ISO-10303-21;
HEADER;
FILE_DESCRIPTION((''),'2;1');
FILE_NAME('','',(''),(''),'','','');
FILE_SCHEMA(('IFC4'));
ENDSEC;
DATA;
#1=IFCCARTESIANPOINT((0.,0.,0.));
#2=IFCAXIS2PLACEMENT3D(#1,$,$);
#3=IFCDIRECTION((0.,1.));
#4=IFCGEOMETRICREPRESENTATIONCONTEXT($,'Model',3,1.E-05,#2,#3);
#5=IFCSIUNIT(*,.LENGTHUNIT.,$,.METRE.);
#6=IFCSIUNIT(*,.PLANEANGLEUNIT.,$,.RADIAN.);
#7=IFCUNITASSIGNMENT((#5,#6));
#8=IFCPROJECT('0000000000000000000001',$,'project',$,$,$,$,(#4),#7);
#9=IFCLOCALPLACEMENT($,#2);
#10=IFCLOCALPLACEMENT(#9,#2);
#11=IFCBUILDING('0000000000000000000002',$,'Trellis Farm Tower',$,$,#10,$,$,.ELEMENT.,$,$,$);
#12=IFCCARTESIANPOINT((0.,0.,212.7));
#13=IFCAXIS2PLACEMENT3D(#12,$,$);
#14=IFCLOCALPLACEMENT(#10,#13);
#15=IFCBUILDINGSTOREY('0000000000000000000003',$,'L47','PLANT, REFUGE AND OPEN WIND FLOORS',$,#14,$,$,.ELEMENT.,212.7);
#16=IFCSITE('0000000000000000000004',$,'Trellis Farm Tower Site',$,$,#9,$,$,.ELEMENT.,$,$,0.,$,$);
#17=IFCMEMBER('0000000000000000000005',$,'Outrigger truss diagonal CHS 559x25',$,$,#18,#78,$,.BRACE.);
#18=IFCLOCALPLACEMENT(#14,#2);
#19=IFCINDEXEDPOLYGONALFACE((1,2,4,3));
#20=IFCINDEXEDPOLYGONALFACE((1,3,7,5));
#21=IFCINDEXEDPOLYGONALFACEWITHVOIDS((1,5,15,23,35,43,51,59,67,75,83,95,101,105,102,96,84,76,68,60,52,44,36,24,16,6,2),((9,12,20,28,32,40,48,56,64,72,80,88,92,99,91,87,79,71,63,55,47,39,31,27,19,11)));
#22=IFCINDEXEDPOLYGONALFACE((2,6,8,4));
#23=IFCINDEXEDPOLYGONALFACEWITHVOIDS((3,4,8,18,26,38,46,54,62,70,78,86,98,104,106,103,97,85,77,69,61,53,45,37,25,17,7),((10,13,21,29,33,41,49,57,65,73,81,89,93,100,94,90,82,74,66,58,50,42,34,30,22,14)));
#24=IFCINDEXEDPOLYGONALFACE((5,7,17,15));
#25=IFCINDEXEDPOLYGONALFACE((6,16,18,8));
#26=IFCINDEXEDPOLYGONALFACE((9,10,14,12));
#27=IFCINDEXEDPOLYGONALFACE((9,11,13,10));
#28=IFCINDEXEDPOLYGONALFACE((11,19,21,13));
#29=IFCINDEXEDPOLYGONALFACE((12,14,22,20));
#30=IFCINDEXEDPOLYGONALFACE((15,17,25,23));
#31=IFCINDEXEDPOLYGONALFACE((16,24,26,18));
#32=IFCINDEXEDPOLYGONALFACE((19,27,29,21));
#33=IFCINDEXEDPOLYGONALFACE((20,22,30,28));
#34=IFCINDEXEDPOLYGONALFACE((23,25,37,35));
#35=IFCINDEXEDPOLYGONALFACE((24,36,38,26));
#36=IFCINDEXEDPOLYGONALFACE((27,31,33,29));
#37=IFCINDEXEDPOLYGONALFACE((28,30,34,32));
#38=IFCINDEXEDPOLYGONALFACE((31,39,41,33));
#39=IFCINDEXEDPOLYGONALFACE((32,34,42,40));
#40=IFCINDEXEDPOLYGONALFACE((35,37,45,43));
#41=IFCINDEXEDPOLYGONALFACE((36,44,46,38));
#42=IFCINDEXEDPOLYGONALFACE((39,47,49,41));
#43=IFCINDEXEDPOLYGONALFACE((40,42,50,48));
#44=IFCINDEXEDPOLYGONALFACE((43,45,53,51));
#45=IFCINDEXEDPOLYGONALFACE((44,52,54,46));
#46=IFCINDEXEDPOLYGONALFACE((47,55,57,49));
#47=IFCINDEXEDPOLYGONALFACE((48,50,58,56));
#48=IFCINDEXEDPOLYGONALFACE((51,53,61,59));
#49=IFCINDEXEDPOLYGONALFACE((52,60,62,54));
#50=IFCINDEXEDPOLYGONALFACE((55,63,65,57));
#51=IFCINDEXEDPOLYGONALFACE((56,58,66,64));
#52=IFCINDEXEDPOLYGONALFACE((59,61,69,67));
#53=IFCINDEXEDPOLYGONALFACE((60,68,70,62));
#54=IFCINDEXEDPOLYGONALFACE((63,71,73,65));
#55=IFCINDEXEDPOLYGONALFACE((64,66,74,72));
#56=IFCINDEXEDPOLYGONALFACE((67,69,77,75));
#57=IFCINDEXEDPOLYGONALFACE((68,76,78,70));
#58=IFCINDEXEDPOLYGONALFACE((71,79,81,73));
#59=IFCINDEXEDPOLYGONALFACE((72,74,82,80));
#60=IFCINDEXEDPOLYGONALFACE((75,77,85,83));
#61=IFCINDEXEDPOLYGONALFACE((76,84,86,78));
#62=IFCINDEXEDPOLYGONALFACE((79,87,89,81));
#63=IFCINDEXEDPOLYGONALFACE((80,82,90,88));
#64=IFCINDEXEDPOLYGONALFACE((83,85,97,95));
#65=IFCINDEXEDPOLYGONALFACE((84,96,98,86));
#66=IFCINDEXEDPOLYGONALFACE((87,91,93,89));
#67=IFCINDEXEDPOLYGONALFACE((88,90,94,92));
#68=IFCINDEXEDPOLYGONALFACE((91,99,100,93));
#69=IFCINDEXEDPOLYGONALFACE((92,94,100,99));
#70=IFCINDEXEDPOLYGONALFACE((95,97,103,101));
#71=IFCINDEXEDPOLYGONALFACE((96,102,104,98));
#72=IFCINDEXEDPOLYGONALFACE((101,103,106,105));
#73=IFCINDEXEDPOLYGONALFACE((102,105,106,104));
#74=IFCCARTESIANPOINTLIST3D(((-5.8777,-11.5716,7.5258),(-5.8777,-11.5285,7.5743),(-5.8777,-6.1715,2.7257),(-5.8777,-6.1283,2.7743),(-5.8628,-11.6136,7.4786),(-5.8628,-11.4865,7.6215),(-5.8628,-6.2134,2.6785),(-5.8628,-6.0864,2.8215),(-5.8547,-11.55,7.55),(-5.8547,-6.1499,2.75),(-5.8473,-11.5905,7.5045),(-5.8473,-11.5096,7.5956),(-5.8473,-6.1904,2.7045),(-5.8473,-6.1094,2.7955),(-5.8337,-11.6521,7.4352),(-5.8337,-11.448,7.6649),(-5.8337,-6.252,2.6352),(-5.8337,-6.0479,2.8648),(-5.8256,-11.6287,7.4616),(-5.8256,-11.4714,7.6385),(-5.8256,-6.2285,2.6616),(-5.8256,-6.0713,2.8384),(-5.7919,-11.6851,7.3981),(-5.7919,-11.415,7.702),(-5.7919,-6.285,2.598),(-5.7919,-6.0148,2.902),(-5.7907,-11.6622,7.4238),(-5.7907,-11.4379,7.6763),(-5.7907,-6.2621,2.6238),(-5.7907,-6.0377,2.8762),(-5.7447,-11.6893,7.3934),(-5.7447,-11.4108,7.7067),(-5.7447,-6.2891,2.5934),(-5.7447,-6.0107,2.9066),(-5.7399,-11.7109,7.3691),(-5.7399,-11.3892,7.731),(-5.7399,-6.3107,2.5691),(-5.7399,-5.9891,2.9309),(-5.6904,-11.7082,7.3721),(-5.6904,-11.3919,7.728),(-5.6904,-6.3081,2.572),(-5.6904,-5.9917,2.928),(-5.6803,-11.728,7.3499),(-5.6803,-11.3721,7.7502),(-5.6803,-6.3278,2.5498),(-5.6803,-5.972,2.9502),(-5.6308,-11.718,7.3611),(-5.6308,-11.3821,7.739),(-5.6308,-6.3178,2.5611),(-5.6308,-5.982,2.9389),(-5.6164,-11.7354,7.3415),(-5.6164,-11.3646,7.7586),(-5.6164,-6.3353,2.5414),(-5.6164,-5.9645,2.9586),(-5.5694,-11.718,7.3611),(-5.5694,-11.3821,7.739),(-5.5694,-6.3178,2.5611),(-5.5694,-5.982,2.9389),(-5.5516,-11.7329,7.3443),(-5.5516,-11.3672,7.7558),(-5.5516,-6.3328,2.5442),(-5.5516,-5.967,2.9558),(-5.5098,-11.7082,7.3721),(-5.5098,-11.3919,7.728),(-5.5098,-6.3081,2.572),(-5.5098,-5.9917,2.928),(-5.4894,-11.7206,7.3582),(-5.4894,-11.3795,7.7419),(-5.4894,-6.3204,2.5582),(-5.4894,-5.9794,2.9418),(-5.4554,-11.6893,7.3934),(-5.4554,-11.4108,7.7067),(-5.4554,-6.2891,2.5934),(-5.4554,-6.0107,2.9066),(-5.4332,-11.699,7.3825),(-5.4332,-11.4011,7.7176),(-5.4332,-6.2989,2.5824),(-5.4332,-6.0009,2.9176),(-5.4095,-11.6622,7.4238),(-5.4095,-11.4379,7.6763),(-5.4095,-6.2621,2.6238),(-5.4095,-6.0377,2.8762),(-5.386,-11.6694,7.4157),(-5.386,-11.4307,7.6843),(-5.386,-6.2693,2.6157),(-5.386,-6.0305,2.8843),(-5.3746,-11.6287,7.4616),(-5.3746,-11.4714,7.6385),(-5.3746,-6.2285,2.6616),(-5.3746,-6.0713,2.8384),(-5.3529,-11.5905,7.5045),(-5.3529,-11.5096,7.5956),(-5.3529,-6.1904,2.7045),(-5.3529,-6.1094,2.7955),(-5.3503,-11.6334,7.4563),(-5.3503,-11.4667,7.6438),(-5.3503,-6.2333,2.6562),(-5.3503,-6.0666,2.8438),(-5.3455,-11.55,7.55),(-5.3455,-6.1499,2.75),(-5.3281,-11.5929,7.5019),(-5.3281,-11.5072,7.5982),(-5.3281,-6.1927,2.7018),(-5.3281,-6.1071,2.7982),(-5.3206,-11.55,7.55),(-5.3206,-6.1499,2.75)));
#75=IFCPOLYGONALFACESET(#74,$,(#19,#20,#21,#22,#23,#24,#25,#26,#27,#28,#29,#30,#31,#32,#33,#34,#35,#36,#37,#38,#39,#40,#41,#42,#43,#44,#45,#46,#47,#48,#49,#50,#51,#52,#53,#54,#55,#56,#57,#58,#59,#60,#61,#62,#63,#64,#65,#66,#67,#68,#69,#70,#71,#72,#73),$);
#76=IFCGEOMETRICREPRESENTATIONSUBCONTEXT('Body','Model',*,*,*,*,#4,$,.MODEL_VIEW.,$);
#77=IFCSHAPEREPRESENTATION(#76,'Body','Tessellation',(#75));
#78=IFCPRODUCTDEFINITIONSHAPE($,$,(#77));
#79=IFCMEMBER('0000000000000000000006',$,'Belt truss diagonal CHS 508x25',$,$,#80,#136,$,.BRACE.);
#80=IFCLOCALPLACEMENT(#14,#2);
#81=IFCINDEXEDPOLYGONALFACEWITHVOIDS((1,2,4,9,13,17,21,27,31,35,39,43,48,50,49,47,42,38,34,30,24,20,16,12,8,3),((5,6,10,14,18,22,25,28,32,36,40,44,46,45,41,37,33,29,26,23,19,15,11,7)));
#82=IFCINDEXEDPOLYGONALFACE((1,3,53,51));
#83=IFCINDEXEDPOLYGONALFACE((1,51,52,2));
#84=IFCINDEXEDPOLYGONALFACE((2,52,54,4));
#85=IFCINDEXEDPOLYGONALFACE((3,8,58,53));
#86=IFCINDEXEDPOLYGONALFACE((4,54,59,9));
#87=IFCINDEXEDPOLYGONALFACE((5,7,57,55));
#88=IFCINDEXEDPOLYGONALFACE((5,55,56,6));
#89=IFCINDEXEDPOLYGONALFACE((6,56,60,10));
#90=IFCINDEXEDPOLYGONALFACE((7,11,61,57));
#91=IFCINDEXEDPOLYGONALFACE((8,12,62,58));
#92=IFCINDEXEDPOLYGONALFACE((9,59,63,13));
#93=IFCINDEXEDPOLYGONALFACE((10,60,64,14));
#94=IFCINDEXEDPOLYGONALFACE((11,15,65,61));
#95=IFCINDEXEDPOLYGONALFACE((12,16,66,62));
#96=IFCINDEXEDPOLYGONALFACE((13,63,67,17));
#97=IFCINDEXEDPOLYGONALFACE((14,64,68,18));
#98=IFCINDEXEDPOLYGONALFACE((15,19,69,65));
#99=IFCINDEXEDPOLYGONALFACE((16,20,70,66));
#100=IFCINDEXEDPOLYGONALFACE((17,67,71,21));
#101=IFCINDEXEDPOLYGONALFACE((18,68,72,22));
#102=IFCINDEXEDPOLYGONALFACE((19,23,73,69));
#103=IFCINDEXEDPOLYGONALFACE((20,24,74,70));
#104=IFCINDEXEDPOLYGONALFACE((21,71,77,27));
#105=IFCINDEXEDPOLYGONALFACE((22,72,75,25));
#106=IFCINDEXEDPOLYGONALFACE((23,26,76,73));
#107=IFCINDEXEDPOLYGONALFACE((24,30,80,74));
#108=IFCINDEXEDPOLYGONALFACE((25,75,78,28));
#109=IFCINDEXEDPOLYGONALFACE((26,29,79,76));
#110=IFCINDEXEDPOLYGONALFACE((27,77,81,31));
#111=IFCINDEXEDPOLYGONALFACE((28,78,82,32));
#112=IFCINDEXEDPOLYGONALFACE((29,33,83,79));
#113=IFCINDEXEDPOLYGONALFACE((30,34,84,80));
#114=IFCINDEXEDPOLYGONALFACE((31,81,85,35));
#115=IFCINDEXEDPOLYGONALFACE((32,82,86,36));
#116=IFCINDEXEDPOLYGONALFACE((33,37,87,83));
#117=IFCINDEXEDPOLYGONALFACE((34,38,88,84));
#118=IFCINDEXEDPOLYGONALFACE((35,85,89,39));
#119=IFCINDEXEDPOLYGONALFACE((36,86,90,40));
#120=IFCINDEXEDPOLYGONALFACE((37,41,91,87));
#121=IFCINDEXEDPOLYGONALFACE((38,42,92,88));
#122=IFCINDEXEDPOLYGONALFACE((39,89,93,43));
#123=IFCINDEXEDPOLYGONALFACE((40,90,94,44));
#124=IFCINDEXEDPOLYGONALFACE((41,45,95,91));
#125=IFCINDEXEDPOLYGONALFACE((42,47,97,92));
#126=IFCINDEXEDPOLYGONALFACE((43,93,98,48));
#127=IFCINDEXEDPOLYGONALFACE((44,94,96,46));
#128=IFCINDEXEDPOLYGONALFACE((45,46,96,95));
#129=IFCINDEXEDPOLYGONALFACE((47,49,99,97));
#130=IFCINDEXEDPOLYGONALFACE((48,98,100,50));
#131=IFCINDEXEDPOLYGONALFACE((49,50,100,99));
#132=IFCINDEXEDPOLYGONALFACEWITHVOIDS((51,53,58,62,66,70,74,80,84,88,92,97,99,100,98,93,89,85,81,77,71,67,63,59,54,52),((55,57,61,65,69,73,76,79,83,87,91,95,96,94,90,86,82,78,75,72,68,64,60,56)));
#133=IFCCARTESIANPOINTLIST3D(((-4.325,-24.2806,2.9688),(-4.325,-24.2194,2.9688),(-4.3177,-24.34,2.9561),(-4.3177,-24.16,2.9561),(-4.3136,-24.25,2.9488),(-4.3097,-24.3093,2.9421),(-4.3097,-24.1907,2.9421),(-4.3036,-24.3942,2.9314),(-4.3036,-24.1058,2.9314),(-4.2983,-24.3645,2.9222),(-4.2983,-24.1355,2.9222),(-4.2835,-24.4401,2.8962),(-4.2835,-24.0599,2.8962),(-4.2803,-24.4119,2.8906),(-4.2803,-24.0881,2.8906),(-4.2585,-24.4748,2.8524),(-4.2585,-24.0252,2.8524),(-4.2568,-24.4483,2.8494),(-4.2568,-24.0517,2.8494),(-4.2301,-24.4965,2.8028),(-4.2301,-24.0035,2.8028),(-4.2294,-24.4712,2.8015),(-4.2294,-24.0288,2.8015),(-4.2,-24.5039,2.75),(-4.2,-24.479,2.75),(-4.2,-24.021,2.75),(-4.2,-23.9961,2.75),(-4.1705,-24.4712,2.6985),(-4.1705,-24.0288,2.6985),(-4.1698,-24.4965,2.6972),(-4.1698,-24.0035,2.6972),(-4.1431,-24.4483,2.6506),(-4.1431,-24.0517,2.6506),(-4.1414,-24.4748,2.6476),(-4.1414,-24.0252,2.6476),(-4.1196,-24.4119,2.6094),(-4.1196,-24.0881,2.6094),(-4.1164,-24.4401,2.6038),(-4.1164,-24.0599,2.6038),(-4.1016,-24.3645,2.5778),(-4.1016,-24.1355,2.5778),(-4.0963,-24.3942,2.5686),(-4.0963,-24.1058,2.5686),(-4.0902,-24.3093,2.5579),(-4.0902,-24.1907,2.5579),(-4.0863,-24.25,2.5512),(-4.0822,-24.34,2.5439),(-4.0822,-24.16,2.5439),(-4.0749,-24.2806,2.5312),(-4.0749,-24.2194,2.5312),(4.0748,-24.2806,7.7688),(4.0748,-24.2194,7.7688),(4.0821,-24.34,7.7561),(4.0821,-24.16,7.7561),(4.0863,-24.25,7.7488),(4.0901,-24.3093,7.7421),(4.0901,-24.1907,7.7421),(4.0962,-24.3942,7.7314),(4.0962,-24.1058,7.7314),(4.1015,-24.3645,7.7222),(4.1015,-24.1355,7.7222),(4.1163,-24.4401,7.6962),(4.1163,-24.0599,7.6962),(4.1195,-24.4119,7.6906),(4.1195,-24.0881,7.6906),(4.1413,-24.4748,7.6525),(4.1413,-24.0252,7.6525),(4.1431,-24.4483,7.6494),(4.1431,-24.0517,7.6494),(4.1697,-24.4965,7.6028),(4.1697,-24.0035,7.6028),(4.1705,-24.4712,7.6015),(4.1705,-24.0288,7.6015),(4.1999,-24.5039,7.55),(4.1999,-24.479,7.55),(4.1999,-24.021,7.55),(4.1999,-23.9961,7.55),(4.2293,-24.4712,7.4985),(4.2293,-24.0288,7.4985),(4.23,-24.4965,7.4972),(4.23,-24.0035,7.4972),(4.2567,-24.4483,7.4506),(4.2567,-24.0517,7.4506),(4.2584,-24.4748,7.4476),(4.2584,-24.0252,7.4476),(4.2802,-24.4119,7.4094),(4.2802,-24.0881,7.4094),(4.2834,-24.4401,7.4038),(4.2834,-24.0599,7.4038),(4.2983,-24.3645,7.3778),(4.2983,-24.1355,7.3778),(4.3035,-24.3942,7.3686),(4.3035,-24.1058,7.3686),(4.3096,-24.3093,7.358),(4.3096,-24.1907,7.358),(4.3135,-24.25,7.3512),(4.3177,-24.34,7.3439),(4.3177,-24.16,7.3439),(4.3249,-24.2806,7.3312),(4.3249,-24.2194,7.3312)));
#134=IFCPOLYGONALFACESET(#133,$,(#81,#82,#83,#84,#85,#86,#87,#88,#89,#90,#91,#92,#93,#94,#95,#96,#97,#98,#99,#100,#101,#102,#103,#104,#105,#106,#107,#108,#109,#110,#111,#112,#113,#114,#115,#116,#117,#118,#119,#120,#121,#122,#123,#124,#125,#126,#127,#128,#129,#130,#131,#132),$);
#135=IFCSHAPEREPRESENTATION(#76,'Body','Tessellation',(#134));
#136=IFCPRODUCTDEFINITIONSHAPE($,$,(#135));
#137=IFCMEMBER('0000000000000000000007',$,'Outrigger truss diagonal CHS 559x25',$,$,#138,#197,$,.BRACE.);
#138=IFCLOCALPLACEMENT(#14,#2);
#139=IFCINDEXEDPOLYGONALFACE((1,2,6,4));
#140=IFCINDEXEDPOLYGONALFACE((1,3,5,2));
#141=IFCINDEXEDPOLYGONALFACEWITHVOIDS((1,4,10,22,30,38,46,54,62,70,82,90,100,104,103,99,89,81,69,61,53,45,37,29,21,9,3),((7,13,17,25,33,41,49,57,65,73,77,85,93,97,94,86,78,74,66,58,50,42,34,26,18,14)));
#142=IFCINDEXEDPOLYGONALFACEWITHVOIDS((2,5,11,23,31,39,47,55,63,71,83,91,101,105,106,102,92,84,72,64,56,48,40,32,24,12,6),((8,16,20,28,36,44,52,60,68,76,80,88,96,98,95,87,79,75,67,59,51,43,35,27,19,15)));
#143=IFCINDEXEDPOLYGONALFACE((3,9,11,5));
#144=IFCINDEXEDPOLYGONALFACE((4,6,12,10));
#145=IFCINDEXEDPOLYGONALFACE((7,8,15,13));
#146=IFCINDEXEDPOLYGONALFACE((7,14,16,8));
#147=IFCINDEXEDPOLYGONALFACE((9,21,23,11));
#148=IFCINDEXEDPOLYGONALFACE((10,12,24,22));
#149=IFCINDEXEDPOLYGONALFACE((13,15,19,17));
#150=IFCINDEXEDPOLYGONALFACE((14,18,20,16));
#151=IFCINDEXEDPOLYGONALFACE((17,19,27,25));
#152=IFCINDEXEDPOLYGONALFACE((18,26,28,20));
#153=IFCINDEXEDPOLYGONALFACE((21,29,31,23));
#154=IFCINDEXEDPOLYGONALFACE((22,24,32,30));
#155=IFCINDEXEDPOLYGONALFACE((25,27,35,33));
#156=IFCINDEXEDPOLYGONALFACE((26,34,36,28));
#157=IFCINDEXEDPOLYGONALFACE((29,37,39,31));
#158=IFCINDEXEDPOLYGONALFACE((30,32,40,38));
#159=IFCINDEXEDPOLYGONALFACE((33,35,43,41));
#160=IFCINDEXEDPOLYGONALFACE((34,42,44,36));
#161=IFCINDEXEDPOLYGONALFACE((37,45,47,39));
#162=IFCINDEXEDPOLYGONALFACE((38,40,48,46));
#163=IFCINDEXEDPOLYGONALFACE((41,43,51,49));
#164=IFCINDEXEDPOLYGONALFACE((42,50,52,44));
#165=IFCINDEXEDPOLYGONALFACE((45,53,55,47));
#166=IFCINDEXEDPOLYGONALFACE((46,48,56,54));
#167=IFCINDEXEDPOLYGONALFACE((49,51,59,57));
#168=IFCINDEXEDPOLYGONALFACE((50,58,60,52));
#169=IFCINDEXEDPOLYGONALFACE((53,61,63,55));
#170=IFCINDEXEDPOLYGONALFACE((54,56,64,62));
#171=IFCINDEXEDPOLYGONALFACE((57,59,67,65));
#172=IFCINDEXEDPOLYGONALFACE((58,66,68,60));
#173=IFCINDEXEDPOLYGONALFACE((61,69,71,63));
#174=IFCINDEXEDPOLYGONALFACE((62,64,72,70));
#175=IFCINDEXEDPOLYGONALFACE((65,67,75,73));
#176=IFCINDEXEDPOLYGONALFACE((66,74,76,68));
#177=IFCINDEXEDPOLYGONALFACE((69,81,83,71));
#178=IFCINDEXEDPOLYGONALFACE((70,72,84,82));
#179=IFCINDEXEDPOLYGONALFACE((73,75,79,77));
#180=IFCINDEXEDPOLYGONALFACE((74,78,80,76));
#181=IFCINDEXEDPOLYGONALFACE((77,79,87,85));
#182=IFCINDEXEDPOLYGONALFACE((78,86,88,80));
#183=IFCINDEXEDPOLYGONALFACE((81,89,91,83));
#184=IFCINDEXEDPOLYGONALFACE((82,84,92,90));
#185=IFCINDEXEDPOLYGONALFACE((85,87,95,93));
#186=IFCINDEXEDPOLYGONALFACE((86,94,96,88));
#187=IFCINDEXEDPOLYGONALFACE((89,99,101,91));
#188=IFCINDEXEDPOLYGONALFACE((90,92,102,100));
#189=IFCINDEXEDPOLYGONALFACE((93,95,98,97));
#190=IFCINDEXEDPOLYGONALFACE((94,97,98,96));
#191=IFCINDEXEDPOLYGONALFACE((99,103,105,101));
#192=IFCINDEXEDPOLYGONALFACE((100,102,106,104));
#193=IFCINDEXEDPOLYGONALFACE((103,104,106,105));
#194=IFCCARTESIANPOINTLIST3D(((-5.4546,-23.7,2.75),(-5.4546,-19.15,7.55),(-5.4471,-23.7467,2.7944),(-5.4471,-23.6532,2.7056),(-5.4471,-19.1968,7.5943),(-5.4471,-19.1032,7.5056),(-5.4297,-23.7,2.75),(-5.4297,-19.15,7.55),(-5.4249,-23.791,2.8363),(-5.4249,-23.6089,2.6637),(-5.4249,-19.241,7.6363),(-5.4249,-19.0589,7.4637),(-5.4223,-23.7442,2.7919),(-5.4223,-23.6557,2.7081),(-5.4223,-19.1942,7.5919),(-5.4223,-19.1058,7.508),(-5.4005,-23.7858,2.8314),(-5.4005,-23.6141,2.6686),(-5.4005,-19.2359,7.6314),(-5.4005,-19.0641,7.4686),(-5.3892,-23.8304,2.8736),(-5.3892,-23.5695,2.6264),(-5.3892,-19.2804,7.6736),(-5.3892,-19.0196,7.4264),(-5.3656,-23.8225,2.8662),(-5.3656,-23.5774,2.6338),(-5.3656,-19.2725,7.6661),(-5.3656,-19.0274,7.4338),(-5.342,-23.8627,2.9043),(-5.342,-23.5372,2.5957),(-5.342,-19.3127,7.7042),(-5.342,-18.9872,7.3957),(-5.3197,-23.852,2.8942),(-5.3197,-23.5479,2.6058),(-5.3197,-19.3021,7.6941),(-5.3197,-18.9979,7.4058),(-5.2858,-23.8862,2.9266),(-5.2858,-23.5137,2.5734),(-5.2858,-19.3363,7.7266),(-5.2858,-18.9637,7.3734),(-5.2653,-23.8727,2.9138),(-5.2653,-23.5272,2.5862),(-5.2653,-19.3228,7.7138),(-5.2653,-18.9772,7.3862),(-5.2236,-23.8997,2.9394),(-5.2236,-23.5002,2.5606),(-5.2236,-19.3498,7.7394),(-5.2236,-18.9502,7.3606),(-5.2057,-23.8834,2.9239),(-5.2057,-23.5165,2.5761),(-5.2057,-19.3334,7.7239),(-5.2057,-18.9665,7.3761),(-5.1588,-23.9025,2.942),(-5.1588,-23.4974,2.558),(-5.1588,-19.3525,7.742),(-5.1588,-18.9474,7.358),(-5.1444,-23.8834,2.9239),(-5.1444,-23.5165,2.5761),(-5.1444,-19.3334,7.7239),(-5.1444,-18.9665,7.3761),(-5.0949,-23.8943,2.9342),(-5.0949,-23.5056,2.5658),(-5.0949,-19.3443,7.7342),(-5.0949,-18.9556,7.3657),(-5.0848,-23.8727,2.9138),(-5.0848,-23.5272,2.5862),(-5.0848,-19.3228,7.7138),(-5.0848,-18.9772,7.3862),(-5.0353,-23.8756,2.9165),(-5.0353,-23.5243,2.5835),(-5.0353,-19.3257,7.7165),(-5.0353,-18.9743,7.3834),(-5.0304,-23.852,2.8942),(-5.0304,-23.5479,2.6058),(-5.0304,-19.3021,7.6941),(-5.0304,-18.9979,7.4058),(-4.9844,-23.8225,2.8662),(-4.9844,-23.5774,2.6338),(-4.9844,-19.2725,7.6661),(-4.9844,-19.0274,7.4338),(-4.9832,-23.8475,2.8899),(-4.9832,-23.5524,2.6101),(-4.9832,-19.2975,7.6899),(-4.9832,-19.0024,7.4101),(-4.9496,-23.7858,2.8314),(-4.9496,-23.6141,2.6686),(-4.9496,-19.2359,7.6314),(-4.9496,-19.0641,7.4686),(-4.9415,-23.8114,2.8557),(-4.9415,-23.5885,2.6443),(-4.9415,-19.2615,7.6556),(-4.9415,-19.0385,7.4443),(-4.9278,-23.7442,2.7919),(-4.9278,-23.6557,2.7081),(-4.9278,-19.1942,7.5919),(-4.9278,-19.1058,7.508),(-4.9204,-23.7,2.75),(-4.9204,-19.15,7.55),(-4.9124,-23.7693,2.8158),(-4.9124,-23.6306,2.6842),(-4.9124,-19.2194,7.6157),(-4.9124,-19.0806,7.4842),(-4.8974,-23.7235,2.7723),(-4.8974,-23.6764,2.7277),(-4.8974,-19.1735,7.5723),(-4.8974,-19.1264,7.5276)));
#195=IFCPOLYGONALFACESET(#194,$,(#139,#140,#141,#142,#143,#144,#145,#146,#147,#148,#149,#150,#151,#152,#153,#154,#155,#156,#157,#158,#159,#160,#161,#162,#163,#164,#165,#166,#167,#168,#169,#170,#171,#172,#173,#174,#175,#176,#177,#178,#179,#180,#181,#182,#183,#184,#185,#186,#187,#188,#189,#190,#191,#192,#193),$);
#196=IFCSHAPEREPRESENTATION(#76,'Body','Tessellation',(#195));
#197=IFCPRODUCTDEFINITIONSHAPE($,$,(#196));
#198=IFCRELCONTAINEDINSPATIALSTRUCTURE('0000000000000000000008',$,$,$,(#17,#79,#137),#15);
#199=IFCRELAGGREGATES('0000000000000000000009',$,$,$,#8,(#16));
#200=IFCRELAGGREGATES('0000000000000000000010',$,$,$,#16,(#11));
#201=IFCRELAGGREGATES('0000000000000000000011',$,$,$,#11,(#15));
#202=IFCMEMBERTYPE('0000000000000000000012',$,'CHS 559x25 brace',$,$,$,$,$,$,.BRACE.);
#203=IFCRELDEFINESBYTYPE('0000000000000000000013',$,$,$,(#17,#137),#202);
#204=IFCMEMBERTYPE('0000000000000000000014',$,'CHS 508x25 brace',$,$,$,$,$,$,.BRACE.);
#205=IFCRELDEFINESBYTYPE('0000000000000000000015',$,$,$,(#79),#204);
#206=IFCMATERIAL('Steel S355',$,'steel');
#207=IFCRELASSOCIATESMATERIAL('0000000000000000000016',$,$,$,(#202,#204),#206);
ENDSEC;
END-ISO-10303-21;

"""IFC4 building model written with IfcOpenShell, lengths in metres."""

from ifc_helpers import new_model, si_unit, direction, frame, origin, origin_2d, place, context, subcontext, project, spatial, hollow_circle, extrude, source, transform, mapped, material, material_profile, profile_set, type_object, element, save


model = new_model("IFC4")

# Units and contexts
model_context = context("Model", 3, precision=1e-05, world=origin(), true_north=direction((0.0, 1.0)))
body_context = subcontext(model_context, "Body", "Model", "MODEL_VIEW")
ifc_project = project(units=[si_unit("LENGTHUNIT", "METRE"), si_unit("PLANEANGLEUNIT", "RADIAN")], contexts=[model_context])

# Site, building, storey
site_placement = place(None, origin())
site = spatial("IfcSite", under=ifc_project, at=site_placement, Name="Trellis Farm Tower Site", CompositionType="ELEMENT", RefElevation=0.0)
building_placement = place(site_placement, origin())
building = spatial("IfcBuilding", under=site, at=building_placement, Name="Trellis Farm Tower", CompositionType="ELEMENT")
storey_placement = place(building_placement, frame((0.0, 0.0, 212.7)))
storey = spatial("IfcBuildingStorey", under=building, at=storey_placement, Name="L47", Description="PLANT, REFUGE AND OPEN WIND FLOORS", CompositionType="ELEMENT", Elevation=212.7)

# Shared definitions
ifc_material_1 = material(Name="Steel S355", Category="steel")

# Members
ifc_material_profile_1 = material_profile(ifc_material_1, hollow_circle(Radius=0.2795, WallThickness=0.0249, at=origin_2d()), Name="CHS 559x25")
ifc_profile_set_1 = profile_set([ifc_material_profile_1], Name="Steel S355")
member_type_1 = type_object("IfcMemberType", Name="CHS 559x25 brace", PredefinedType="BRACE", material=ifc_profile_set_1)
shared_shape_1 = source(origin(), body_context, "Body", "SweptSolid", [
    extrude(hollow_circle(Radius=0.2795, WallThickness=0.0249, at=origin_2d()), origin(), (0.0, 0.0, 1.0), 7.2251),
])
for number, where, z_axis, x_axis, name in (
    (1, (-5.6001, -6.1499, 2.75), (0.0, -0.747415, 0.664358), (1.0, 0.0, 0.0), "Outrigger truss diagonal CHS 559x25"),
):
    element("IfcMember", number, at=place(storey_placement, frame(where, z_axis=z_axis, x_axis=x_axis)), inside=storey, type_object=member_type_1, Name=name, PredefinedType="BRACE", context=body_context, shape_type="MappedRepresentation", body=[
        mapped(shared_shape_1, transform((0.0, 0.0, 0.0))),
    ])
ifc_material_profile_2 = material_profile(ifc_material_1, hollow_circle(Radius=0.2539, WallThickness=0.0249, at=origin_2d()), Name="CHS 508x25")
ifc_profile_set_2 = profile_set([ifc_material_profile_2], Name="Steel S355")
member_type_2 = type_object("IfcMemberType", Name="CHS 508x25 brace", PredefinedType="BRACE", material=ifc_profile_set_2)
shared_shape_2 = source(origin(), body_context, "Body", "SweptSolid", [
    extrude(hollow_circle(Radius=0.2539, WallThickness=0.0249, at=origin_2d()), origin(), (0.0, 0.0, 1.0), 9.6746),
])
member_1_placement = place(storey_placement, frame((-4.2, -24.25, 2.75), z_axis=(0.868238, 0.0, 0.496147), x_axis=(0.0, 1.0, 0.0)))
element("IfcMember", 2, at=member_1_placement, inside=storey, type_object=member_type_2, Name="Belt truss diagonal CHS 508x25", PredefinedType="BRACE", context=body_context, shape_type="MappedRepresentation", body=[
    mapped(shared_shape_2, transform((0.0, 0.0, 0.0))),
])
shared_shape_3 = source(origin(), body_context, "Body", "SweptSolid", [
    extrude(hollow_circle(Radius=0.2795, WallThickness=0.0249, at=origin_2d()), origin(), (0.0, 0.0, 1.0), 6.6138),
])
member_2_placement = place(storey_placement, frame((-5.175, -23.7, 2.75), z_axis=(0.0, 0.687955, 0.725754), x_axis=(-1.0, 0.0, 0.0)))
element("IfcMember", 3, at=member_2_placement, inside=storey, type_object=member_type_1, Name="Outrigger truss diagonal CHS 559x25", PredefinedType="BRACE", context=body_context, shape_type="MappedRepresentation", body=[
    mapped(shared_shape_3, transform((0.0, 0.0, 0.0))),
])

save(model, "model.ifc")
